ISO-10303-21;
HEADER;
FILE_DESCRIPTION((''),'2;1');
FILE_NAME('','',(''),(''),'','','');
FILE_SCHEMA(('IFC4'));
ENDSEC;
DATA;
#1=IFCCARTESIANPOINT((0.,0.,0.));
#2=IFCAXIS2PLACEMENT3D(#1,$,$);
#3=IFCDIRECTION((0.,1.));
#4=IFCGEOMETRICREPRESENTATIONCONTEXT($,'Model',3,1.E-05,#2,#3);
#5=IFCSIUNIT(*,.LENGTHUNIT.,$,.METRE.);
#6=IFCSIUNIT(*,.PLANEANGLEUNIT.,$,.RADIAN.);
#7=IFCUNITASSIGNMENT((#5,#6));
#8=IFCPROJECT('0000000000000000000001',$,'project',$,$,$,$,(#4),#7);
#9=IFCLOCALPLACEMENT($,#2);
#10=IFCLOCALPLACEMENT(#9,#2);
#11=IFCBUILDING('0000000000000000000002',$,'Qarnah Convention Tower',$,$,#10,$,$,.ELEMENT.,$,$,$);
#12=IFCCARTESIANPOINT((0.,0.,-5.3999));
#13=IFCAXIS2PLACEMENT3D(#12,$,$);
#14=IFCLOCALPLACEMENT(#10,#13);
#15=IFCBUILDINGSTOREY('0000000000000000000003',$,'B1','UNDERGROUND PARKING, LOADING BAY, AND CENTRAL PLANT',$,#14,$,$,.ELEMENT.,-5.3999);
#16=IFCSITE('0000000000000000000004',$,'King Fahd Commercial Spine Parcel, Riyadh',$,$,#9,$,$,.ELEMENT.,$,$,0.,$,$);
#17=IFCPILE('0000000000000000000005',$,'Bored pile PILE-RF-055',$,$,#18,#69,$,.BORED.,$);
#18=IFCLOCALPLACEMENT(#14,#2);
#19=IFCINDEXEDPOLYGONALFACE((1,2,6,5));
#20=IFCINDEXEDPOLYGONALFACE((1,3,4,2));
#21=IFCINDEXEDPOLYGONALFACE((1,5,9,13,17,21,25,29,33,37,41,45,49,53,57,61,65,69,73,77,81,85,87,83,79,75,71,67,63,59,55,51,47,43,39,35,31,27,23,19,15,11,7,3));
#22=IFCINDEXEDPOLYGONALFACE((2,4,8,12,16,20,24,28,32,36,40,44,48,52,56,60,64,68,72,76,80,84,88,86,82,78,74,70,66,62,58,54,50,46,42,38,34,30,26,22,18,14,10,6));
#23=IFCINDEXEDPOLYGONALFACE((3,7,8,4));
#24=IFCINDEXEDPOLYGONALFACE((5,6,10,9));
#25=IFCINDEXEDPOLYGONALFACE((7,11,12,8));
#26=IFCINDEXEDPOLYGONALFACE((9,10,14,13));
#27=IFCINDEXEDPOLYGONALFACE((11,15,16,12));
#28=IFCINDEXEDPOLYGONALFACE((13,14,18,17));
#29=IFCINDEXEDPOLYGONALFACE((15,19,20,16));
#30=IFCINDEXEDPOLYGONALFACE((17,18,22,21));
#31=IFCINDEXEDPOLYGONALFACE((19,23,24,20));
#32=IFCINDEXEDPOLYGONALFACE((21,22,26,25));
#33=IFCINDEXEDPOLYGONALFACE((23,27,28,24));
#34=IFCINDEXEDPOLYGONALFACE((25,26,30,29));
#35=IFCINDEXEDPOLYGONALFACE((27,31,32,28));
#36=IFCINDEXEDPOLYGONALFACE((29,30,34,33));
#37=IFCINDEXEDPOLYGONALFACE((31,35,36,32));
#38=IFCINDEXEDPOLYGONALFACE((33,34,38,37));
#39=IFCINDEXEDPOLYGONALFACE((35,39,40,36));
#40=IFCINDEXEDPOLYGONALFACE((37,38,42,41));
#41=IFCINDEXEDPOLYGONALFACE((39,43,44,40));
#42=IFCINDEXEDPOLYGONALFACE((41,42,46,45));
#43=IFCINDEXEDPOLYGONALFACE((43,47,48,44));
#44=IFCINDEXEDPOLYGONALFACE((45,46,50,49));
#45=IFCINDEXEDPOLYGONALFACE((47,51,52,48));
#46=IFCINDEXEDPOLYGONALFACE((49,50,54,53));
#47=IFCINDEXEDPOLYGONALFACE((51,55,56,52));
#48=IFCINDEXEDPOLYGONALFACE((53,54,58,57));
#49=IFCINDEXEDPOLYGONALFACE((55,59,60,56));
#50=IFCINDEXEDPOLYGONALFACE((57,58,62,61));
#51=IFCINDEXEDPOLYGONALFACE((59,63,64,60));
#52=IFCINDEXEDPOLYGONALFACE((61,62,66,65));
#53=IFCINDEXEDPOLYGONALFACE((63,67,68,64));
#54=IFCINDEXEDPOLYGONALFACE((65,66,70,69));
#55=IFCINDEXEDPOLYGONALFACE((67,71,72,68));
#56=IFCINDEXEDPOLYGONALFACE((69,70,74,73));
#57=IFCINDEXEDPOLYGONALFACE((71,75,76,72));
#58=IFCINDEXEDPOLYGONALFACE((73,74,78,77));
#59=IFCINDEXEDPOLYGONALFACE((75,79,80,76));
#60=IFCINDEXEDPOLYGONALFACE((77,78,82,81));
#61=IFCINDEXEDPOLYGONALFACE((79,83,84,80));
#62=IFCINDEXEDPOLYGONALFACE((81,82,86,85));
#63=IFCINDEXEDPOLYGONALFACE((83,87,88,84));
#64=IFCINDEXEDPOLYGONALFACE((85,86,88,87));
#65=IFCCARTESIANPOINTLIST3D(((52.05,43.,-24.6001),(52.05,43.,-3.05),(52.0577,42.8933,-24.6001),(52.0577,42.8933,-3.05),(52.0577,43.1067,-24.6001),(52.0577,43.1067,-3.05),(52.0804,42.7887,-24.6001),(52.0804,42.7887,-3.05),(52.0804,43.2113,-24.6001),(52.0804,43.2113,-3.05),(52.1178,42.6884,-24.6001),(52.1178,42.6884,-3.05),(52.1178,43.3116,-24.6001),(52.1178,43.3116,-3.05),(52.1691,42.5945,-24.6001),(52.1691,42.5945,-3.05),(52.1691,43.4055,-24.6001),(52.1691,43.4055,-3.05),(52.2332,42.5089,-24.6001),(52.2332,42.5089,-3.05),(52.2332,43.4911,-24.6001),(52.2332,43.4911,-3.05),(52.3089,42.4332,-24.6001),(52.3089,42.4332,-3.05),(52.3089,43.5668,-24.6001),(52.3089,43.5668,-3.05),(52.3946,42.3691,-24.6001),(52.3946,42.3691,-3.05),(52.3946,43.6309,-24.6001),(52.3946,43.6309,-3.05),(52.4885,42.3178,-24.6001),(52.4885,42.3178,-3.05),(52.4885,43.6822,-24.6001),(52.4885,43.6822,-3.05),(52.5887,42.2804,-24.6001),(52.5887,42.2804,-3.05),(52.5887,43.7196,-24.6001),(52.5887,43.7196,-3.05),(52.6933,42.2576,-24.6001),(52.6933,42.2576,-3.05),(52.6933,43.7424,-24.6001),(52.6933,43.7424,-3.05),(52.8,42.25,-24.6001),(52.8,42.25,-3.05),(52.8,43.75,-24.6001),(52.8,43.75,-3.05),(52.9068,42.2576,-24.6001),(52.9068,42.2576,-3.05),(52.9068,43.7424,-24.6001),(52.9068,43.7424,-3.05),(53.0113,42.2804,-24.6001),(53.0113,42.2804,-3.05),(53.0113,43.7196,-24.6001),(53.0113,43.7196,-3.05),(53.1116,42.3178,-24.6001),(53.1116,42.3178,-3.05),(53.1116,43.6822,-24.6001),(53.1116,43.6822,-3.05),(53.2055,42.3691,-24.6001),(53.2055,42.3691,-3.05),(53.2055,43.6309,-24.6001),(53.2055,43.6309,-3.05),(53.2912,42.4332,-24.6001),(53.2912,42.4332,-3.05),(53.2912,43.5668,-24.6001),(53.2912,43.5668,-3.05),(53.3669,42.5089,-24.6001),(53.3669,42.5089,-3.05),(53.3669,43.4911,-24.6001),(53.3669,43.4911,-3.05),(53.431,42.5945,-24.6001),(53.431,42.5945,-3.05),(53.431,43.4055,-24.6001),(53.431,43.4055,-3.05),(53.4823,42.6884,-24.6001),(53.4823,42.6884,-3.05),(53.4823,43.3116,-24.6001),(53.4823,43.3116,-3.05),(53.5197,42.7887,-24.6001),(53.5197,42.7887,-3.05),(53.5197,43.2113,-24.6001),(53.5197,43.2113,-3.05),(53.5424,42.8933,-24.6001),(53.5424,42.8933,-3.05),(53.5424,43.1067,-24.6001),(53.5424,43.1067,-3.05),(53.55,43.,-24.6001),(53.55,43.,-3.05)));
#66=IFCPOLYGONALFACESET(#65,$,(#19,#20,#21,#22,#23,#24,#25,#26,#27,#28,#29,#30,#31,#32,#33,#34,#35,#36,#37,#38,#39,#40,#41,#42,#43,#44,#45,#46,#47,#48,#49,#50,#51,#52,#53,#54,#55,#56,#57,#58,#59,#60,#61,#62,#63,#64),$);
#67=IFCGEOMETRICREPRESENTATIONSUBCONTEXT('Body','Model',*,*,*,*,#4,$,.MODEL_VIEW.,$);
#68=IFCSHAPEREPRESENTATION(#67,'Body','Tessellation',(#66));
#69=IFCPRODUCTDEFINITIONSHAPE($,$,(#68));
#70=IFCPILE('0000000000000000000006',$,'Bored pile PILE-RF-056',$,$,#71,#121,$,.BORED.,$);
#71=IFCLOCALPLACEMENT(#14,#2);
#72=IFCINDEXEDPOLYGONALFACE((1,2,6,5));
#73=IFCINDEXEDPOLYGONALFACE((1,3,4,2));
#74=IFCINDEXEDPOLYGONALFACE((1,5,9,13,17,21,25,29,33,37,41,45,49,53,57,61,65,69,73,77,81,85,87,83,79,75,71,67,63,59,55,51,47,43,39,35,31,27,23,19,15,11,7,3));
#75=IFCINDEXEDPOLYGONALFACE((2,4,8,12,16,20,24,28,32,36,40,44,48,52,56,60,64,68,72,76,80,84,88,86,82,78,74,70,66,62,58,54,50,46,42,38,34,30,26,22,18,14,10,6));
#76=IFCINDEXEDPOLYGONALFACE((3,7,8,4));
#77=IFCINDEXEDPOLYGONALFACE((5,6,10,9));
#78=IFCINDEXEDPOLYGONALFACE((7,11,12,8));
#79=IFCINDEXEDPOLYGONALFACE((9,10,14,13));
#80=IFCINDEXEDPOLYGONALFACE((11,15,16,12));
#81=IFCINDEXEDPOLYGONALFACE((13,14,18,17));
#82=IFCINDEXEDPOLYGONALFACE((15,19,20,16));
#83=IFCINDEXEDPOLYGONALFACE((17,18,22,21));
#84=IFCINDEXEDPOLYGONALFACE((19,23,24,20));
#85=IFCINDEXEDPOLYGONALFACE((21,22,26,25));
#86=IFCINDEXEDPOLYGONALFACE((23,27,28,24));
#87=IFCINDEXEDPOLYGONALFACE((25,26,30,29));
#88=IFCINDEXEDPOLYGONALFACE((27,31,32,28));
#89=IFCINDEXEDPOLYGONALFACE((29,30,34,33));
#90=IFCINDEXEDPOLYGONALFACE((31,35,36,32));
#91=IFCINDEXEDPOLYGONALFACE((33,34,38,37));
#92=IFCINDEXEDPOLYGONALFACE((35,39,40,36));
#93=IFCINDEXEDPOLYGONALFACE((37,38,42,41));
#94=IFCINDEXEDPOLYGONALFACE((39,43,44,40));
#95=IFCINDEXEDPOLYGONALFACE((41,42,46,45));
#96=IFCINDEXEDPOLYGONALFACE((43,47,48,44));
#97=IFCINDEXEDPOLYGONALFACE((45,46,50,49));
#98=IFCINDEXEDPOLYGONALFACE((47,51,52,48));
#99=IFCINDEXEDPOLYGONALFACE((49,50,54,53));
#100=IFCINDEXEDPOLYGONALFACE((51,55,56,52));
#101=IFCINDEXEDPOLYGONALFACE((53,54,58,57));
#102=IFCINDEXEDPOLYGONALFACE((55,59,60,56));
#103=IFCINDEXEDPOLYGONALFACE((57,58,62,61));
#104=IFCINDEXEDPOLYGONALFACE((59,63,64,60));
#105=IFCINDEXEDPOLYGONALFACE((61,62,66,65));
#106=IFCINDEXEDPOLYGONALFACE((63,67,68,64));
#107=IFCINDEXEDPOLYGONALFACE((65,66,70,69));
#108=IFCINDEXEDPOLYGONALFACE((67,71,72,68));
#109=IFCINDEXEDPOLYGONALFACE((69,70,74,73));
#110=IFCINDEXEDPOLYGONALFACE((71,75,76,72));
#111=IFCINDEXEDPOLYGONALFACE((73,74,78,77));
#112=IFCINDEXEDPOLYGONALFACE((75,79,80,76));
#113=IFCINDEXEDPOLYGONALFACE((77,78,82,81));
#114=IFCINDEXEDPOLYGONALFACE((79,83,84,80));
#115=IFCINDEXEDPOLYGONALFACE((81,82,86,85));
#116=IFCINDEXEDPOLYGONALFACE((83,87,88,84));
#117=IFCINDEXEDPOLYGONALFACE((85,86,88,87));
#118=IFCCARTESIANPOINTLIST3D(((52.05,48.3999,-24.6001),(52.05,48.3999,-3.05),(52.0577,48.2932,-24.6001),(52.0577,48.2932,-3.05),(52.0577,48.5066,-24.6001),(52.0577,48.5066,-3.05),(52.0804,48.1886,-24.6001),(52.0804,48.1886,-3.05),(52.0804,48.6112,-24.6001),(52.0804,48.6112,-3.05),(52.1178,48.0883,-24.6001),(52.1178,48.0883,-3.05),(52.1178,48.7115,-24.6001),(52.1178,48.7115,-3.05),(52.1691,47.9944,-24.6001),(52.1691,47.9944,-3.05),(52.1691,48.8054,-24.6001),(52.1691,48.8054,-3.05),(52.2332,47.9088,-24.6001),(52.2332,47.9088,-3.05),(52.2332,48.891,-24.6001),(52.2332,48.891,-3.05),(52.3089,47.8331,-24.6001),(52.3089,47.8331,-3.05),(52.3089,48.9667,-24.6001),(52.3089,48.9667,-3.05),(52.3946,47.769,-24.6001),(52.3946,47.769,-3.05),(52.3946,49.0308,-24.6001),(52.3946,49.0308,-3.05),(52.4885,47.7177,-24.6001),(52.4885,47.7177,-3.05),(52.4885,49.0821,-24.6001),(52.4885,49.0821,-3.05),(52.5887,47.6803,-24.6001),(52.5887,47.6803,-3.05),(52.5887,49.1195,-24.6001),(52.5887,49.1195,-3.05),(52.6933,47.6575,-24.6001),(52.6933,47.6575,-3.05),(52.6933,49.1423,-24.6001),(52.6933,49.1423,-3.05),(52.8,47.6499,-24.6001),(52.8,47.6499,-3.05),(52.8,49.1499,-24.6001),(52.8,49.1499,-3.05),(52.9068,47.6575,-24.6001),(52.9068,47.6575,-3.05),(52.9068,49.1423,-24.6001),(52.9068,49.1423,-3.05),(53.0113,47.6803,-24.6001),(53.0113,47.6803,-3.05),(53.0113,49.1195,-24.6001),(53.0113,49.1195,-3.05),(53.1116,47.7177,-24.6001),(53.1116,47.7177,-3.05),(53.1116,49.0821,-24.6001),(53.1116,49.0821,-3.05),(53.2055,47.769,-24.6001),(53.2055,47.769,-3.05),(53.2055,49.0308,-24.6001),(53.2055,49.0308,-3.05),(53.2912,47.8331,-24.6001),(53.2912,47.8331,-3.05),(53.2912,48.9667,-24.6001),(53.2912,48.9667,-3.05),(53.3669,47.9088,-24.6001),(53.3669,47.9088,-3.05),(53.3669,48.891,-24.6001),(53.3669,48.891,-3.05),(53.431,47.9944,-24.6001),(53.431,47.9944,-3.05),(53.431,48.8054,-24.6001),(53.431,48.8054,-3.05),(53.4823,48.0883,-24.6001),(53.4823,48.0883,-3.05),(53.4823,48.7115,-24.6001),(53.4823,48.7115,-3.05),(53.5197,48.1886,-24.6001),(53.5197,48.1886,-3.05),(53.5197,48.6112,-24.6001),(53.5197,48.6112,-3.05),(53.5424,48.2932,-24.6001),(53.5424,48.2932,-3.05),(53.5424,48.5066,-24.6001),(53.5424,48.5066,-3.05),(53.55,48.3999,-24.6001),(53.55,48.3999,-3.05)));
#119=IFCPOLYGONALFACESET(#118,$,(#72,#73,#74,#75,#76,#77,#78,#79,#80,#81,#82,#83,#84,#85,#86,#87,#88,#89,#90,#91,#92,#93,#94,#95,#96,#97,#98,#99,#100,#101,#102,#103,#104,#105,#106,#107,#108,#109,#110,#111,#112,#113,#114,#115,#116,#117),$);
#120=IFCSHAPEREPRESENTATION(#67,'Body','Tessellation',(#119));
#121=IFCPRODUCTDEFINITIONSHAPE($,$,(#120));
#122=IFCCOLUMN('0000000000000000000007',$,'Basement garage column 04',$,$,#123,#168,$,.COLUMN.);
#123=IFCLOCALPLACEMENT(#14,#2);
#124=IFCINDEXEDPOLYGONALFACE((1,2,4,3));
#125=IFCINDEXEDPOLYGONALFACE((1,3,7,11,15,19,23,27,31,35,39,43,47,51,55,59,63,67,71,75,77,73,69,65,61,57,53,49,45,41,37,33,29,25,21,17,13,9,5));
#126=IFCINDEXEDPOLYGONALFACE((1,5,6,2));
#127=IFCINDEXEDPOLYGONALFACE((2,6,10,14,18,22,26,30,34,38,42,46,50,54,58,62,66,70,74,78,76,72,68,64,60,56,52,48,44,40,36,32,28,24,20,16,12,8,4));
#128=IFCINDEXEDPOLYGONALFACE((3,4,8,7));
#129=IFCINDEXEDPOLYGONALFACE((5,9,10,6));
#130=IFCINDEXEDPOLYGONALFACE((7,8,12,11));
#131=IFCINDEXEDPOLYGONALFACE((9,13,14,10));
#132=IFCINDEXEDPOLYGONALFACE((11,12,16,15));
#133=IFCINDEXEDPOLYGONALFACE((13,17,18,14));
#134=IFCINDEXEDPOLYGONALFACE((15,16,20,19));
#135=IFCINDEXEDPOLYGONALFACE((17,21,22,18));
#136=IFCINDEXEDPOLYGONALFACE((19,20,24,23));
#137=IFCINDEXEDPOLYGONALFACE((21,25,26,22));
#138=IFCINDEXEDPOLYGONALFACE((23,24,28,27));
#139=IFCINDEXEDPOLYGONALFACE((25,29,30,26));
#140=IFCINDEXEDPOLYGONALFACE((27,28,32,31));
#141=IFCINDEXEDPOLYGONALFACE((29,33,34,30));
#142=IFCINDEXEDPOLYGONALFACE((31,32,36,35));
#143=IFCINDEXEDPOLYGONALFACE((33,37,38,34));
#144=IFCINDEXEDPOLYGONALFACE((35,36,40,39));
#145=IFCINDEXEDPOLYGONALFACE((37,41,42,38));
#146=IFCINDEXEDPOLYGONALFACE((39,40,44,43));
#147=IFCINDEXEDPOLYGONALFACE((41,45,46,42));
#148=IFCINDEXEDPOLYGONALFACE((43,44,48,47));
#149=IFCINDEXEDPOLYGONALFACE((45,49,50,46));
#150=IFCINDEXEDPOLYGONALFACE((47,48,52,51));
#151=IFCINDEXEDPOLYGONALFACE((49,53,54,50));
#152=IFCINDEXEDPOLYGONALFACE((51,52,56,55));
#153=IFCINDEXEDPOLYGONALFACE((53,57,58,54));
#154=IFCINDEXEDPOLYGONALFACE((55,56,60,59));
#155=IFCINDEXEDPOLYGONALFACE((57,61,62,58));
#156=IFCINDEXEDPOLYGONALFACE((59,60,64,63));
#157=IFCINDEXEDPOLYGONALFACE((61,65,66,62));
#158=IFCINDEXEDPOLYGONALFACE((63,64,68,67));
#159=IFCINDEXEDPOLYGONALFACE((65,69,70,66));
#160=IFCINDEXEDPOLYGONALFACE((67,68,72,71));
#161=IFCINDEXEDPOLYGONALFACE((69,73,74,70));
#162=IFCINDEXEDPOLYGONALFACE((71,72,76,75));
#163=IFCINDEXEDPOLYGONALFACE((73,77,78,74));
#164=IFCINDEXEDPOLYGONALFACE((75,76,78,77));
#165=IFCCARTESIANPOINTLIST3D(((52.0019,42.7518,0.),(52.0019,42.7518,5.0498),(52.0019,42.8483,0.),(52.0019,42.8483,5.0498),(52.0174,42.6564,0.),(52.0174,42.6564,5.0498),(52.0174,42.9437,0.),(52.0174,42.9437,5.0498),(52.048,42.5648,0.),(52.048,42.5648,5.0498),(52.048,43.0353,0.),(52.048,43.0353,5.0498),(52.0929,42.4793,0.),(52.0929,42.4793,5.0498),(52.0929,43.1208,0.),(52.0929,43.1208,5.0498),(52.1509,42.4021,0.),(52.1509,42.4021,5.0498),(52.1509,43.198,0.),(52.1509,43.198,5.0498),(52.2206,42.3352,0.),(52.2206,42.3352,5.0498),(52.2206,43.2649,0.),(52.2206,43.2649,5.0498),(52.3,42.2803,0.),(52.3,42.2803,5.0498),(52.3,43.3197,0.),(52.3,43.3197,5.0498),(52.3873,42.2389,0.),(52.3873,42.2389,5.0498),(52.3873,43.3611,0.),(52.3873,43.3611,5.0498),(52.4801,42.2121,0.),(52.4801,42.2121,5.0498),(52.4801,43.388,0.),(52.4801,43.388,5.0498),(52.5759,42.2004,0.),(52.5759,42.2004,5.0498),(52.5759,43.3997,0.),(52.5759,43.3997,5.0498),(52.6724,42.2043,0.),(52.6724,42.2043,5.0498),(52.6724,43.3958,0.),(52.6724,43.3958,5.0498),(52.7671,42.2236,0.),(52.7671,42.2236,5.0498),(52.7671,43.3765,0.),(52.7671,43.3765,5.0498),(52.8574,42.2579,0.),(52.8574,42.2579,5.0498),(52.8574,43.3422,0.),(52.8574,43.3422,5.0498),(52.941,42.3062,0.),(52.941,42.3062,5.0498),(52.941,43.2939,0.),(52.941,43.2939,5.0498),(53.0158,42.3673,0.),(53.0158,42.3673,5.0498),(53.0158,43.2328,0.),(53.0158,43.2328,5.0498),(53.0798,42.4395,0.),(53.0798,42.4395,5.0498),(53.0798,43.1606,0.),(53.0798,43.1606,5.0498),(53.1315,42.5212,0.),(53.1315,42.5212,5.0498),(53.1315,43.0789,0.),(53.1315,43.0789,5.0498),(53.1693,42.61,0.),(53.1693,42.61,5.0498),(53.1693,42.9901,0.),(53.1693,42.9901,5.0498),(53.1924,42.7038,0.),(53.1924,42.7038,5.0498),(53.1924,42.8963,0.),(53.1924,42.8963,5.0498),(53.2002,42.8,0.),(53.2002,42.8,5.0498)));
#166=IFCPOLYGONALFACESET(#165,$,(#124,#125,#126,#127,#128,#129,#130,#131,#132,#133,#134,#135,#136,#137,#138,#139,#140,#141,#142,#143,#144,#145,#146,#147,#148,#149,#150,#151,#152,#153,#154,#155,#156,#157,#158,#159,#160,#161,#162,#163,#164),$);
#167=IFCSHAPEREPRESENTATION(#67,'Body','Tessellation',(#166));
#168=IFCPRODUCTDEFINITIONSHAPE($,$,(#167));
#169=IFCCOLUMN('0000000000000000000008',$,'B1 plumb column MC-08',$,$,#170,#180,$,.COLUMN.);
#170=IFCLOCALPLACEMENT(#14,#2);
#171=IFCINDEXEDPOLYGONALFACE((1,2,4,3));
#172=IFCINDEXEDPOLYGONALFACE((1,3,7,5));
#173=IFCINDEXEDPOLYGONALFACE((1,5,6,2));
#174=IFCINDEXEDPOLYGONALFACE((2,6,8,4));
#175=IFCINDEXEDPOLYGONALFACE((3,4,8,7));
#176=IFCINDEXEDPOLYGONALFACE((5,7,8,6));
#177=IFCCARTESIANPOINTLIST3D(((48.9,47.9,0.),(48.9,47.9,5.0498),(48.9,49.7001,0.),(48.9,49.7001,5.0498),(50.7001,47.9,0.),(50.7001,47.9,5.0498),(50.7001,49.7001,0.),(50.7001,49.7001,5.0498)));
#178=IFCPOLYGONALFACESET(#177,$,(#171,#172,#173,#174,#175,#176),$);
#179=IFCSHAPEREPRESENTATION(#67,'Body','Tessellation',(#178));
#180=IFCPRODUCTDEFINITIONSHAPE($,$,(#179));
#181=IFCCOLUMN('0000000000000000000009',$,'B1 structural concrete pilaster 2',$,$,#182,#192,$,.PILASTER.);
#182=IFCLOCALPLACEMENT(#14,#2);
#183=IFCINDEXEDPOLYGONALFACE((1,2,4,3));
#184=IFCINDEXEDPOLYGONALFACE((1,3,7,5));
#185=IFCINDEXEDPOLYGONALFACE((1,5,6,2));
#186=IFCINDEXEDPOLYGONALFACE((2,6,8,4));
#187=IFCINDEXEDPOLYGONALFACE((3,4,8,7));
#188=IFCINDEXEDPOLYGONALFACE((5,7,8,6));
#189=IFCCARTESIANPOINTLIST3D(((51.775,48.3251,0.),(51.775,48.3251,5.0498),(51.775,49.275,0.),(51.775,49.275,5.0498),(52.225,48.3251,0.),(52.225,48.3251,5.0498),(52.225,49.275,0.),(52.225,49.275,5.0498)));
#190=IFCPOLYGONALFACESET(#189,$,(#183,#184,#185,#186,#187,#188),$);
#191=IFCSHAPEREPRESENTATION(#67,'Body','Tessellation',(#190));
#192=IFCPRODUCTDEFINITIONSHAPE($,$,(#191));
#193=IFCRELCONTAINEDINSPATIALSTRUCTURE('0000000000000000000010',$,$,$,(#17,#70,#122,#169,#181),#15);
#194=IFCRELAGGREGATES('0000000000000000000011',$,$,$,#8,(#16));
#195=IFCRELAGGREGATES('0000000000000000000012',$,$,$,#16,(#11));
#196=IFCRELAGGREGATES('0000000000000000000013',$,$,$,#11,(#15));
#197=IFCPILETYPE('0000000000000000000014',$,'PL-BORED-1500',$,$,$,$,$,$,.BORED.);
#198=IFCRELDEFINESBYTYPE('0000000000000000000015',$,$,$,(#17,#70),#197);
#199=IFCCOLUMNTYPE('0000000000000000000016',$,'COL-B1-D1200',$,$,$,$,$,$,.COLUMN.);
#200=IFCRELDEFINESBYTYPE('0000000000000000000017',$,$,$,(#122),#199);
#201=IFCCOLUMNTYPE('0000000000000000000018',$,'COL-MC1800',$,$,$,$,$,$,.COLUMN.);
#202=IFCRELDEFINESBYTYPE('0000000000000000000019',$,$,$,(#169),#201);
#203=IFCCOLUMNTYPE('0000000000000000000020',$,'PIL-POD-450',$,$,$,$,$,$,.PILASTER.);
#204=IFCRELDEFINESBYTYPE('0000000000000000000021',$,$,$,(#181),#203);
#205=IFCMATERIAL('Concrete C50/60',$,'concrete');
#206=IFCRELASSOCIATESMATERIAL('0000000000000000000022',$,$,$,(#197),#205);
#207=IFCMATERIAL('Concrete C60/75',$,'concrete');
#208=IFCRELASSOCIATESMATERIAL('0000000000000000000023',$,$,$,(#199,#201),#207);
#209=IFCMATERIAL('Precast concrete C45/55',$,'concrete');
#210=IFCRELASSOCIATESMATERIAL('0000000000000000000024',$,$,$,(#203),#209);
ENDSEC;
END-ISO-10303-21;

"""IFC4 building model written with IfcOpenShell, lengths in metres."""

from ifc_helpers import new_model, si_unit, direction, frame, origin, origin_2d, place, context, subcontext, project, spatial, rectangle, circle, extrude, material, material_profile, profile_set, type_object, element, save


model = new_model("IFC4")

# Units and contexts
model_context = context("Model", 3, precision=1e-05, world=origin(), true_north=direction((0.0, 1.0)))
body_context = subcontext(model_context, "Body", "Model", "MODEL_VIEW")
ifc_project = project(units=[si_unit("LENGTHUNIT", "METRE"), si_unit("PLANEANGLEUNIT", "RADIAN")], contexts=[model_context])

# Site, building, storey
site_placement = place(None, origin())
site = spatial("IfcSite", under=ifc_project, at=site_placement, Name="King Fahd Commercial Spine Parcel, Riyadh", CompositionType="ELEMENT", RefElevation=0.0)
building_placement = place(site_placement, origin())
building = spatial("IfcBuilding", under=site, at=building_placement, Name="Qarnah Convention Tower", CompositionType="ELEMENT")
storey_placement = place(building_placement, frame((0.0, 0.0, -5.3999)))
storey = spatial("IfcBuildingStorey", under=building, at=storey_placement, Name="B1", Description="UNDERGROUND PARKING, LOADING BAY, AND CENTRAL PLANT", CompositionType="ELEMENT", Elevation=-5.3999)

# Shared definitions
ifc_material_1 = material(Name="Concrete C50/60", Category="concrete")

# Piles
ifc_material_profile_1 = material_profile(ifc_material_1, circle(Radius=0.75, at=origin_2d()), Name="PILE-D1500")
ifc_profile_set_1 = profile_set([ifc_material_profile_1], Name="Concrete C50/60")
pile_type = type_object("IfcPileType", Name="PL-BORED-1500", PredefinedType="BORED", material=ifc_profile_set_1)
for number, where, z_axis, x_axis, name in (
    (1, (52.8, 43.0, -3.05), (0.0, 0.0, -1.0), (1.0, 0.0, 0.0), "Bored pile PILE-RF-055"),
    (2, (52.8, 48.3999, -3.05), (0.0, 0.0, -1.0), (1.0, 0.0, 0.0), "Bored pile PILE-RF-056"),
):
    element("IfcPile", number, at=place(storey_placement, frame(where, z_axis=z_axis, x_axis=x_axis)), inside=storey, type_object=pile_type, Name=name, PredefinedType="BORED", context=body_context, shape_type="SweptSolid", body=[
        extrude(circle(Radius=0.75, at=origin_2d()), origin(), (0.0, 0.0, 1.0), 21.55),
    ])

# Columns
ifc_material_2 = material(Name="Concrete C60/75", Category="concrete")
ifc_material_profile_2 = material_profile(ifc_material_2, circle(Radius=0.6001, at=origin_2d()), Name="RC-COL-D1200")
ifc_profile_set_2 = profile_set([ifc_material_profile_2], Name="Concrete C60/75")
column_type_1 = type_object("IfcColumnType", Name="COL-B1-D1200", PredefinedType="COLUMN", material=ifc_profile_set_2)
column_1_placement = place(storey_placement, frame((52.6001, 42.8, 0.0), z_axis=(0.0, 0.0, 1.0), x_axis=(1.0, 0.0, 0.0)))
element("IfcColumn", 3, at=column_1_placement, inside=storey, type_object=column_type_1, Name="Basement garage column 04", PredefinedType="COLUMN", context=body_context, shape_type="SweptSolid", body=[
    extrude(circle(Radius=0.6001, at=origin_2d()), origin(), (0.0, 0.0, 1.0), 5.0498),
])
ifc_material_profile_3 = material_profile(ifc_material_2, rectangle(XDim=1.8, YDim=1.8, at=origin_2d()), Name="RC-COL-1800X1800")
ifc_profile_set_3 = profile_set([ifc_material_profile_3], Name="Concrete C60/75")
column_type_2 = type_object("IfcColumnType", Name="COL-MC1800", PredefinedType="COLUMN", material=ifc_profile_set_3)
column_2_placement = place(storey_placement, frame((49.8, 48.8, 0.0), z_axis=(0.0, 0.0, 1.0), x_axis=(1.0, 0.0, 0.0)))
element("IfcColumn", 4, at=column_2_placement, inside=storey, type_object=column_type_2, Name="B1 plumb column MC-08", PredefinedType="COLUMN", context=body_context, shape_type="SweptSolid", body=[
    extrude(rectangle(XDim=1.8, YDim=1.8, at=origin_2d()), origin(), (0.0, 0.0, 1.0), 5.0498),
])
ifc_material_3 = material(Name="Precast concrete C45/55", Category="concrete")
ifc_material_profile_4 = material_profile(ifc_material_3, rectangle(XDim=0.45, YDim=0.95, at=origin_2d()), Name="PC-RIB-450X950")
ifc_profile_set_4 = profile_set([ifc_material_profile_4], Name="Precast concrete C45/55")
column_type_3 = type_object("IfcColumnType", Name="PIL-POD-450", PredefinedType="PILASTER", material=ifc_profile_set_4)
column_3_placement = place(storey_placement, frame((52.0, 48.8, 0.0), z_axis=(0.0, 0.0, 1.0), x_axis=(1.0, 0.0, 0.0)))
element("IfcColumn", 5, at=column_3_placement, inside=storey, type_object=column_type_3, Name="B1 structural concrete pilaster 2", PredefinedType="PILASTER", context=body_context, shape_type="SweptSolid", body=[
    extrude(rectangle(XDim=0.45, YDim=0.95, at=origin_2d()), origin(), (0.0, 0.0, 1.0), 5.0498),
])

save(model, "model.ifc")
